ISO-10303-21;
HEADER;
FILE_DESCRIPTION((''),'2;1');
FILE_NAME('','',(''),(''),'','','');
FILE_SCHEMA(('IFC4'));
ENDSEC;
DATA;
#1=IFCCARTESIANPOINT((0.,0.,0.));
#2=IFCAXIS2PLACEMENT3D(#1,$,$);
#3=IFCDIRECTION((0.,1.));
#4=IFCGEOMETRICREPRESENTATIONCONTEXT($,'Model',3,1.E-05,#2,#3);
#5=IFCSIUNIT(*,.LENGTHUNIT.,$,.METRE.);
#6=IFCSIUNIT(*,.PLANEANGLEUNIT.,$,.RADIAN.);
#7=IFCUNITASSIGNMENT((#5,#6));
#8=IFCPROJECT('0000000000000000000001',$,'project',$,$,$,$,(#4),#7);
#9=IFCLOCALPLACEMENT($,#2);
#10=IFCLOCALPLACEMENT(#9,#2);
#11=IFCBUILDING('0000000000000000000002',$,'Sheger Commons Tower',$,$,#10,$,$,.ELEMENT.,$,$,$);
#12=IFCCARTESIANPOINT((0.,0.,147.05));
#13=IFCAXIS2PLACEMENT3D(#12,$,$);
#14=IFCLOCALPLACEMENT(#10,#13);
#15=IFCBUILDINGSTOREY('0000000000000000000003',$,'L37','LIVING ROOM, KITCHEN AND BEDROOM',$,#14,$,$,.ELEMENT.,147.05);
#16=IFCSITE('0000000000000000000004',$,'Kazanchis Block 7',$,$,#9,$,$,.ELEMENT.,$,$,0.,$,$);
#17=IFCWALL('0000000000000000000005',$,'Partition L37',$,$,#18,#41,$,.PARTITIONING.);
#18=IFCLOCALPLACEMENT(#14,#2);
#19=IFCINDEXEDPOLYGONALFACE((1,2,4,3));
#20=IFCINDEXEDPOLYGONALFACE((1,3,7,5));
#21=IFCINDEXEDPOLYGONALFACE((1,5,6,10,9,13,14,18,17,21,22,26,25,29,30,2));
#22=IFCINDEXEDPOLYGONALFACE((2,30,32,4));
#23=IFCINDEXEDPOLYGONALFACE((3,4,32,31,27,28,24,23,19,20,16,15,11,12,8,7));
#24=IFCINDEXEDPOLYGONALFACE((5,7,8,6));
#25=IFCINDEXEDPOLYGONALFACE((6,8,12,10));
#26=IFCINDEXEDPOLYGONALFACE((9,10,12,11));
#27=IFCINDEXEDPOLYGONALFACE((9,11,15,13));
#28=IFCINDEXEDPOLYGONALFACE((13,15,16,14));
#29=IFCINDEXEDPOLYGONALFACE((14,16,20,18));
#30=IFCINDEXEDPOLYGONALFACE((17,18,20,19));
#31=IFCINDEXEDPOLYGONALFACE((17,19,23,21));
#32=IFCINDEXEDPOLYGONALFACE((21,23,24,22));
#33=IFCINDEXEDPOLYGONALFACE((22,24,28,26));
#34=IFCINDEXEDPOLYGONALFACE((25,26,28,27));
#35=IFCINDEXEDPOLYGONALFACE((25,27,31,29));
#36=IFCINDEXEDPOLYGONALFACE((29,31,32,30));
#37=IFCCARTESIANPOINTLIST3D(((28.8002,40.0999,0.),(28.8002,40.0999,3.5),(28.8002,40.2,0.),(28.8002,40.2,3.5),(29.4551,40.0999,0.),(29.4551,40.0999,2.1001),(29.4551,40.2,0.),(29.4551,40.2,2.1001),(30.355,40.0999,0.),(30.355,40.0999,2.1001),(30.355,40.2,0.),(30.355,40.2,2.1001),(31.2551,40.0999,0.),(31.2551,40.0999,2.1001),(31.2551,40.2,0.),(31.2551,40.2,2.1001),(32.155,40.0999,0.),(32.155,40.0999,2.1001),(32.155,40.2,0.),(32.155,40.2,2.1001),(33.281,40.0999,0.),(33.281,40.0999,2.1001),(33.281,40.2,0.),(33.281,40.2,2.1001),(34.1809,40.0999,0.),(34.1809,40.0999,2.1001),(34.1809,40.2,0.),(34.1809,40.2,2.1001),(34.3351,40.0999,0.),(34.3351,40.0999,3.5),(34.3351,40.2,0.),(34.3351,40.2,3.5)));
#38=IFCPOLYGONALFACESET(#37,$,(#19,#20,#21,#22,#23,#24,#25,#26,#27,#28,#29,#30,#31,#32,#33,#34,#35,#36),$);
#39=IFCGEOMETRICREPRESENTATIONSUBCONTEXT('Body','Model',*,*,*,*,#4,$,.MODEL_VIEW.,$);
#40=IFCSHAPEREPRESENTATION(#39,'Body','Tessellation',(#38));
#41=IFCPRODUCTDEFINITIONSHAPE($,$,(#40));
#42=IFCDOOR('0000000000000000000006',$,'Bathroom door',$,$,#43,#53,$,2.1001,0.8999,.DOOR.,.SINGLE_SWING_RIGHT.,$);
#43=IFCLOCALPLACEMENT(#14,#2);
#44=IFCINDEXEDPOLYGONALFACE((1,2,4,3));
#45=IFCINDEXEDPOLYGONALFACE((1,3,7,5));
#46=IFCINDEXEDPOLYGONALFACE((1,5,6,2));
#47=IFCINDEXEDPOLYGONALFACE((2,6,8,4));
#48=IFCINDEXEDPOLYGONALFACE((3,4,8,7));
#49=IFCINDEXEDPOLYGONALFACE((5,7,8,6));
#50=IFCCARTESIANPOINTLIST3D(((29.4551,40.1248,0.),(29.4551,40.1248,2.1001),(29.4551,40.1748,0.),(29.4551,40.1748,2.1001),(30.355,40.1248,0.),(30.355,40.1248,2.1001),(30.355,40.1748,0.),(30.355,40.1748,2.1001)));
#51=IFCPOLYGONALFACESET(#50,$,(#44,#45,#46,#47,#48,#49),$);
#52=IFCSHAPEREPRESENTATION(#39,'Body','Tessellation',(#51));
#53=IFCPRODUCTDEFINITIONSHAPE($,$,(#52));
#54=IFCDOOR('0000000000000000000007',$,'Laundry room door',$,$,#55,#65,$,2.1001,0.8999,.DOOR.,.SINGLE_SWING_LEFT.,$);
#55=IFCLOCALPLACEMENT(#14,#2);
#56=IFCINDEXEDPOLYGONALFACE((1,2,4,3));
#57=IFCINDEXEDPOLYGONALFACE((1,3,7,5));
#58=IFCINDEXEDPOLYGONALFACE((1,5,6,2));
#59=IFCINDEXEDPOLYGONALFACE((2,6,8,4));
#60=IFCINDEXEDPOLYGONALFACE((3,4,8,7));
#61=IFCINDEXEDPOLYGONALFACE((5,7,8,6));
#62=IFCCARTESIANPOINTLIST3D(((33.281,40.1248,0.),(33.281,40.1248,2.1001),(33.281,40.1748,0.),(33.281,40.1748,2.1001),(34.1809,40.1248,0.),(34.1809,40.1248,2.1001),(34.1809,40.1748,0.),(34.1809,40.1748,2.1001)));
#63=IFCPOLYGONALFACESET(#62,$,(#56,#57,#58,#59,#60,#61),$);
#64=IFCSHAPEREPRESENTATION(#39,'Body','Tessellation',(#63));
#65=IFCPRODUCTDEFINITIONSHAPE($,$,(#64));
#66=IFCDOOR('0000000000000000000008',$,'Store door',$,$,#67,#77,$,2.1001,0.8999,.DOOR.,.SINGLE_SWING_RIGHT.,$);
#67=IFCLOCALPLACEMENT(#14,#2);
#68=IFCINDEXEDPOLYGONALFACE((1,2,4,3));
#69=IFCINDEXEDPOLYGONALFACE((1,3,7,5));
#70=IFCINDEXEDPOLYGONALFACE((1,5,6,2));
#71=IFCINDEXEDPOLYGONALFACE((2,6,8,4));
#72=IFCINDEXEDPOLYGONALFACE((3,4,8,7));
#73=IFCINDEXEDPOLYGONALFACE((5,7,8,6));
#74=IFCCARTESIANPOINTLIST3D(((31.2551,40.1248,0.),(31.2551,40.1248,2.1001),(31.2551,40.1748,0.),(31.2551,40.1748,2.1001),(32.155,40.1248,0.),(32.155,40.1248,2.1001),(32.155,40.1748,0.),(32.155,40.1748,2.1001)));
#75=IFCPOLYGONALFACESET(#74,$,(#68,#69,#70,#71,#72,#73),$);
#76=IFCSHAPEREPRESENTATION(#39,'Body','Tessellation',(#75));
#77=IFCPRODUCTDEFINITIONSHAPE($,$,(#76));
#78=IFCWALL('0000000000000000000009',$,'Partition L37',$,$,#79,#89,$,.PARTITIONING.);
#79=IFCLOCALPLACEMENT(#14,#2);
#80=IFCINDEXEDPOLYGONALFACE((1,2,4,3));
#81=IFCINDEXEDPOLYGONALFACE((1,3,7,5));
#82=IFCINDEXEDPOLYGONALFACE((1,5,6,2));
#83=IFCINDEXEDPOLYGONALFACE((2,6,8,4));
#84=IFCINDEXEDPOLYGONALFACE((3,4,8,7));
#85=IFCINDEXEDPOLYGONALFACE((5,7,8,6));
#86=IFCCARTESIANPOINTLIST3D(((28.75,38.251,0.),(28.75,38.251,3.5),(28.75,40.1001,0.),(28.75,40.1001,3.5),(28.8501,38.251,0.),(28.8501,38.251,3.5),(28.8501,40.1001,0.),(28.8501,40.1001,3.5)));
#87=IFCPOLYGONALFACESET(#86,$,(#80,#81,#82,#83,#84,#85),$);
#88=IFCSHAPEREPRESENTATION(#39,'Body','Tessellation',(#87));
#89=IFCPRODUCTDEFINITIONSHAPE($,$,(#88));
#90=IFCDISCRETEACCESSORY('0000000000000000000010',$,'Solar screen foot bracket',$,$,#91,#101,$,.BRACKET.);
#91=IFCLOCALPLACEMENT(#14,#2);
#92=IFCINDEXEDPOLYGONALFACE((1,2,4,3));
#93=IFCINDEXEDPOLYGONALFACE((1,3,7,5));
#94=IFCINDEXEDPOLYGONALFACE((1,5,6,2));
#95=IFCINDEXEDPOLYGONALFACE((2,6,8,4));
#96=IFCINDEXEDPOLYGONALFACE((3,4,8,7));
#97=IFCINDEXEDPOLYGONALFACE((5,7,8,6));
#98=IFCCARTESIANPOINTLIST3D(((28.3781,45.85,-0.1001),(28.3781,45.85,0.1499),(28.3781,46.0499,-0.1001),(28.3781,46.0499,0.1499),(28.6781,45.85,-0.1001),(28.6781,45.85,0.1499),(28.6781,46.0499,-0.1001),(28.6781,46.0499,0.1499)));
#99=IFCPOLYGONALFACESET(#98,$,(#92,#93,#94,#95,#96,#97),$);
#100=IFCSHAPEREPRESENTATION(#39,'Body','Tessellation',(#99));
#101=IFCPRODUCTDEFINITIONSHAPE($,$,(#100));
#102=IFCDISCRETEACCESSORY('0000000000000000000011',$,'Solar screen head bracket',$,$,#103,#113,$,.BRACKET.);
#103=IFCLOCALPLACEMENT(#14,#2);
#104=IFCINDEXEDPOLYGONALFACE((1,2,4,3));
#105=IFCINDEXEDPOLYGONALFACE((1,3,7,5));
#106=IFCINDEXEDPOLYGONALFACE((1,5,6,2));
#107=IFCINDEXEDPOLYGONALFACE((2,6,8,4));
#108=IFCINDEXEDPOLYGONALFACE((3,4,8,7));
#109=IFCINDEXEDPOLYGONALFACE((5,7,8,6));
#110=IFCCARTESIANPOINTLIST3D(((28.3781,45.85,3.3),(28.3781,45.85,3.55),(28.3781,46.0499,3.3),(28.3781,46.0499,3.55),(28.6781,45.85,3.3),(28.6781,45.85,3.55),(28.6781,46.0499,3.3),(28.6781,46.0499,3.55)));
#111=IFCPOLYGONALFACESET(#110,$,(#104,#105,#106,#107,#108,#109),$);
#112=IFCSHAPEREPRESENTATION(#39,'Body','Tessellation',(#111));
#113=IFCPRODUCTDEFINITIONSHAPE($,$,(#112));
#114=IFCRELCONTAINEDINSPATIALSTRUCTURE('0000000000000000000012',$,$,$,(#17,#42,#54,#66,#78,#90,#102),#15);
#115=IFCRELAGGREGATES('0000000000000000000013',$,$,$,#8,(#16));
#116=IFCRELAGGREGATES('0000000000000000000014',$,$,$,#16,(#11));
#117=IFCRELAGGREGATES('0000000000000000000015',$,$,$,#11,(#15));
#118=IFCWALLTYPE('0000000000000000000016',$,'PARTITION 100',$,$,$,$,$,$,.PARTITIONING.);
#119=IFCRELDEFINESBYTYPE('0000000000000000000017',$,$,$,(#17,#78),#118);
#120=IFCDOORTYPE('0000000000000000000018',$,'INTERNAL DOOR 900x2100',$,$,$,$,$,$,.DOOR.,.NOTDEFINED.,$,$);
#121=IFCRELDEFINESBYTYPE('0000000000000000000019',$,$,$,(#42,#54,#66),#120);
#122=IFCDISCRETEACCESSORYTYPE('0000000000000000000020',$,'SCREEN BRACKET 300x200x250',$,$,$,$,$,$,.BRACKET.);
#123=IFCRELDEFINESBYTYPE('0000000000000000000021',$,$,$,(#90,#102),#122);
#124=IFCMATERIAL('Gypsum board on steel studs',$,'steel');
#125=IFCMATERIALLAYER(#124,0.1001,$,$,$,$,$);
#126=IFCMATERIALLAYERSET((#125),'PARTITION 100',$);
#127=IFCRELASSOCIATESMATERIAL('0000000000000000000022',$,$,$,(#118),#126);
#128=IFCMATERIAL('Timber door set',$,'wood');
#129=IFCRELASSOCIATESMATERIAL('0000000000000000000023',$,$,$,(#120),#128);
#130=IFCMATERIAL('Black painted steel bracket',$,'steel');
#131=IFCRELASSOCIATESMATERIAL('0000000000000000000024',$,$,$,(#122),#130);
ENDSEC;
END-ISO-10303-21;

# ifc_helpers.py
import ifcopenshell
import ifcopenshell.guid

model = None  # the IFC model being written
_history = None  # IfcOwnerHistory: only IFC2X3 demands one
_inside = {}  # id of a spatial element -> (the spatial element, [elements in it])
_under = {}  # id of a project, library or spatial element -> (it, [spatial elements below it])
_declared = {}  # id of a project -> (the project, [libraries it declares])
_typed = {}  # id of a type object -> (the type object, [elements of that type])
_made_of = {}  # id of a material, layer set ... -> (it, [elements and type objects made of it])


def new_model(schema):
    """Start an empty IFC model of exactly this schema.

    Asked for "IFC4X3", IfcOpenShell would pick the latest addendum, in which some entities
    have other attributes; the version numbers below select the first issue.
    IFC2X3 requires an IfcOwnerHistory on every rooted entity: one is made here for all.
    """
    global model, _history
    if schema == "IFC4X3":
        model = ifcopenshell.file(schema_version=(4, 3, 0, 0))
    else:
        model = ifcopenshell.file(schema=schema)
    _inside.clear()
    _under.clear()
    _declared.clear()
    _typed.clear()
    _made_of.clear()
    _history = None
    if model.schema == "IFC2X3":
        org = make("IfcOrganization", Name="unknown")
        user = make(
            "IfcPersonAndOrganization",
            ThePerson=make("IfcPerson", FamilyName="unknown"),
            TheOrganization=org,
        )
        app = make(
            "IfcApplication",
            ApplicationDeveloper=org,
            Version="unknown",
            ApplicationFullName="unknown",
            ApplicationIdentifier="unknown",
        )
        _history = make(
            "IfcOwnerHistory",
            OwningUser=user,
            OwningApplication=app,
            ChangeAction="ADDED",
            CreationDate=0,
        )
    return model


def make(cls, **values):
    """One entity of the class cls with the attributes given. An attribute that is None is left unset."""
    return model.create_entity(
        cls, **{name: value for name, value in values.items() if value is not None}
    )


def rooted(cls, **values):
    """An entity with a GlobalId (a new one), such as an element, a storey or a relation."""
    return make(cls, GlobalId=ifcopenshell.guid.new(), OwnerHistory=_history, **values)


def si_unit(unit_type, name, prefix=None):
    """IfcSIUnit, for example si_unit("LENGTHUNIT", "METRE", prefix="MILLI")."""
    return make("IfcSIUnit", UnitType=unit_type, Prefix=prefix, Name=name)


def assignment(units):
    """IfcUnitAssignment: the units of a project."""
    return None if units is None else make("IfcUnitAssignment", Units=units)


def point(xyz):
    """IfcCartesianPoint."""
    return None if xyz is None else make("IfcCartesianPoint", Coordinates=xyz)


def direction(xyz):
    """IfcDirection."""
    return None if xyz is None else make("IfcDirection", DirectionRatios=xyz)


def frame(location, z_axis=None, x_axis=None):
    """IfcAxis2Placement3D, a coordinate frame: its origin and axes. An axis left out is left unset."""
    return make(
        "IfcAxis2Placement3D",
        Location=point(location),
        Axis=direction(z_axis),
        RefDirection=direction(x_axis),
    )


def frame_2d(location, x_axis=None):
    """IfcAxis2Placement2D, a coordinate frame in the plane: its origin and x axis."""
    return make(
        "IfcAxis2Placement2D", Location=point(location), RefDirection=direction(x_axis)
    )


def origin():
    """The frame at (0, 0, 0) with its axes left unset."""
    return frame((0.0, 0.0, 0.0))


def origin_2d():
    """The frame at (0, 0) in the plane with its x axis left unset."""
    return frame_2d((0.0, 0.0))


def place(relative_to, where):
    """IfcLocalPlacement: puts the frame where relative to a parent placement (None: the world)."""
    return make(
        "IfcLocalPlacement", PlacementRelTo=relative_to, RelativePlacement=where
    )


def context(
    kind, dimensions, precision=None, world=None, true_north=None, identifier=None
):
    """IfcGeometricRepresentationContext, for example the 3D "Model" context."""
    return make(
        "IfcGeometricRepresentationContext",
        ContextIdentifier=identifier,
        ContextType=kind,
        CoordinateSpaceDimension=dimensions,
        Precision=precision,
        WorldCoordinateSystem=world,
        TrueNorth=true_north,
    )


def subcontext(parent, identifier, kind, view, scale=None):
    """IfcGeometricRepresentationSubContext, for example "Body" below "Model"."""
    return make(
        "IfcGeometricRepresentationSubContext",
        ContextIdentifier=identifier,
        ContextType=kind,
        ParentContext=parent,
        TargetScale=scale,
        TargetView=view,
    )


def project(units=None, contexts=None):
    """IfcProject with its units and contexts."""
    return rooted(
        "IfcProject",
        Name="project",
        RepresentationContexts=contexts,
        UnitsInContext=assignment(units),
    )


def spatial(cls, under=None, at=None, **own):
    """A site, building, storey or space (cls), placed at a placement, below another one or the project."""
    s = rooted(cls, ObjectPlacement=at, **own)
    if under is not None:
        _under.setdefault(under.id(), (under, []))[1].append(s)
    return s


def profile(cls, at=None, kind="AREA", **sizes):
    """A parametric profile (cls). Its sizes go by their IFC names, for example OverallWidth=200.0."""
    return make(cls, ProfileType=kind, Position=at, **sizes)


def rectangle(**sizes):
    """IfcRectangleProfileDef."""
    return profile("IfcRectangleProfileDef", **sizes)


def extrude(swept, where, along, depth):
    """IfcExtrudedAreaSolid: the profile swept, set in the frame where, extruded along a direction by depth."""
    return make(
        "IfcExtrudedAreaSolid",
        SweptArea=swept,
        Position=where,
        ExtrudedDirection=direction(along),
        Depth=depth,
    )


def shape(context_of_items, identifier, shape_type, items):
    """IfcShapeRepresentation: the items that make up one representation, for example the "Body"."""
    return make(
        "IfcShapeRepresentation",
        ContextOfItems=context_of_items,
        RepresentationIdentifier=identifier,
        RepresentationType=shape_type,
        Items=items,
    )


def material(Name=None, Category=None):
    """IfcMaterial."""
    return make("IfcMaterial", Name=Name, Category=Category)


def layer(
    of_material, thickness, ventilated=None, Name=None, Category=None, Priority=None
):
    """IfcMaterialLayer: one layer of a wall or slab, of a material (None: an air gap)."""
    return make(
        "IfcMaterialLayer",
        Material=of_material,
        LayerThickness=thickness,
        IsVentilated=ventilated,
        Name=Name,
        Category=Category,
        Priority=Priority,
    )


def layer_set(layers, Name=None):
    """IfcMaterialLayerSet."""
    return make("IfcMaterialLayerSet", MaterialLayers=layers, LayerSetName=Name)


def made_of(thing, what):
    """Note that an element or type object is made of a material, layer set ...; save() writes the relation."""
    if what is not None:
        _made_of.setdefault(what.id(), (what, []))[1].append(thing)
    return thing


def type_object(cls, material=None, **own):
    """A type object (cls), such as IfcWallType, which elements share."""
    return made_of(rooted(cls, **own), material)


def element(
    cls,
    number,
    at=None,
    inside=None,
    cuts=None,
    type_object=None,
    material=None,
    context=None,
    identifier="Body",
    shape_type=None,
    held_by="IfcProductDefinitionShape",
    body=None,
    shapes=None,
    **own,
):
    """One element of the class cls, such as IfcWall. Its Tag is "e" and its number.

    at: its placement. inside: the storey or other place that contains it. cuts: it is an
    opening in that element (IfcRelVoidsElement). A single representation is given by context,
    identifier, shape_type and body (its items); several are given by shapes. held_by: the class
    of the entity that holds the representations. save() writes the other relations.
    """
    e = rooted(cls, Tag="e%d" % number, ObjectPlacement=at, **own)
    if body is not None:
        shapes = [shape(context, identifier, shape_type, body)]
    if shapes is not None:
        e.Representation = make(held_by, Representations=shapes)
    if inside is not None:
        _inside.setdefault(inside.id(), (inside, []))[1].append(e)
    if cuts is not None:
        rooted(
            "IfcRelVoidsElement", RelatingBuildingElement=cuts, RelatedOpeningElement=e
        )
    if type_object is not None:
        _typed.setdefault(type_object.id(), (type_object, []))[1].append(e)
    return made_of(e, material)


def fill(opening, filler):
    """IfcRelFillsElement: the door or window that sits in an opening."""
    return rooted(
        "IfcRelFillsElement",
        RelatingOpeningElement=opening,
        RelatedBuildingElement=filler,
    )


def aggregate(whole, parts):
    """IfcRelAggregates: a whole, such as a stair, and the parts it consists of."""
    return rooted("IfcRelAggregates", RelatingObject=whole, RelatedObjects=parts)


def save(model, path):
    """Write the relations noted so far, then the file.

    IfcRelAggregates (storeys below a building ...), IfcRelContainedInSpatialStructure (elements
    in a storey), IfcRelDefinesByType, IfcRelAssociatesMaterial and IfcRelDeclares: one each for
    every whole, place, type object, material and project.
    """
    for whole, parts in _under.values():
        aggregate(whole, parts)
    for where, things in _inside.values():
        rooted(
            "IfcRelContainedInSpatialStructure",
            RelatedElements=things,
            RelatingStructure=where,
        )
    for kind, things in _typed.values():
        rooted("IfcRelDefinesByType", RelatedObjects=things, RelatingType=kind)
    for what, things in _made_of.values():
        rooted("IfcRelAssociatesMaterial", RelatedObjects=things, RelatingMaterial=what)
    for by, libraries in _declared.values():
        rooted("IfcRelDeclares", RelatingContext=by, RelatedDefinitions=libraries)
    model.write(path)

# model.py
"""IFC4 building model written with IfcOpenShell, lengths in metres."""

from ifc_helpers import new_model, si_unit, direction, frame, frame_2d, origin, origin_2d, place, context, subcontext, project, spatial, rectangle, extrude, material, layer, layer_set, type_object, element, fill, save


model = new_model("IFC4")

# Units and contexts
model_context = context("Model", 3, precision=1e-05, world=origin(), true_north=direction((0.0, 1.0)))
body_context = subcontext(model_context, "Body", "Model", "MODEL_VIEW")
ifc_project = project(units=[si_unit("LENGTHUNIT", "METRE"), si_unit("PLANEANGLEUNIT", "RADIAN")], contexts=[model_context])

# Site, building, storey
site_placement = place(None, origin())
site = spatial("IfcSite", under=ifc_project, at=site_placement, Name="Kazanchis Block 7", CompositionType="ELEMENT", RefElevation=0.0)
building_placement = place(site_placement, origin())
building = spatial("IfcBuilding", under=site, at=building_placement, Name="Sheger Commons Tower", CompositionType="ELEMENT")
storey_placement = place(building_placement, frame((0.0, 0.0, 147.05)))
storey = spatial("IfcBuildingStorey", under=building, at=storey_placement, Name="L37", Description="LIVING ROOM, KITCHEN AND BEDROOM", CompositionType="ELEMENT", Elevation=147.05)

# Shared definitions
ifc_material_1 = material(Name="Gypsum board on steel studs", Category="steel")
ifc_layer_1 = layer(ifc_material_1, 0.1001)
ifc_layer_set_1 = layer_set([ifc_layer_1], Name="PARTITION 100")
wall_type_1 = type_object("IfcWallType", Name="PARTITION 100", PredefinedType="PARTITIONING", material=ifc_layer_set_1)

# Wall, openings, doors
wall_1_placement = place(storey_placement, frame((28.8, 40.1499, 0.0), z_axis=(0.0, 0.0, 1.0), x_axis=(1.0, 0.0, 0.0)))
wall_1 = element("IfcWall", 1, at=wall_1_placement, inside=storey, type_object=wall_type_1, Name="Partition L37", PredefinedType="PARTITIONING", context=body_context, shape_type="SweptSolid", body=[
    extrude(rectangle(XDim=5.5349, YDim=0.1001, at=frame_2d((2.7676, 0.0))), origin(), (0.0, 0.0, 1.0), 3.5),
])
opening_1_placement = place(wall_1_placement, frame((0.655, 0.0, 0.0)))
opening_1 = element("IfcOpeningElement", 2, at=opening_1_placement, cuts=wall_1, PredefinedType="OPENING", context=body_context, shape_type="SweptSolid", body=[
    extrude(rectangle(XDim=0.8999, YDim=2.1001, at=frame_2d((0.45, 1.05))), frame((0.0, 0.0601, 0.0), z_axis=(0.0, -1.0, 0.0), x_axis=(1.0, 0.0, 0.0)), (0.0, 0.0, 1.0), 0.1201),
])
opening_2_placement = place(wall_1_placement, frame((4.481, 0.0, 0.0)))
opening_2 = element("IfcOpeningElement", 3, at=opening_2_placement, cuts=wall_1, PredefinedType="OPENING", context=body_context, shape_type="SweptSolid", body=[
    extrude(rectangle(XDim=0.8999, YDim=2.1001, at=frame_2d((0.45, 1.05))), frame((0.0, 0.0601, 0.0), z_axis=(0.0, -1.0, 0.0), x_axis=(1.0, 0.0, 0.0)), (0.0, 0.0, 1.0), 0.1201),
])
opening_3_placement = place(wall_1_placement, frame((2.4551, 0.0, 0.0)))
opening_3 = element("IfcOpeningElement", 4, at=opening_3_placement, cuts=wall_1, PredefinedType="OPENING", context=body_context, shape_type="SweptSolid", body=[
    extrude(rectangle(XDim=0.8999, YDim=2.1001, at=frame_2d((0.45, 1.05))), frame((0.0, 0.0601, 0.0), z_axis=(0.0, -1.0, 0.0), x_axis=(1.0, 0.0, 0.0)), (0.0, 0.0, 1.0), 0.1201),
])
ifc_material_2 = material(Name="Timber door set", Category="wood")
door_type = type_object("IfcDoorType", Name="INTERNAL DOOR 900x2100", OperationType="NOTDEFINED", PredefinedType="DOOR", material=ifc_material_2)
door_1_placement = place(opening_1_placement, origin())
door_1 = element("IfcDoor", 5, at=door_1_placement, inside=storey, type_object=door_type, Name="Bathroom door", OperationType="SINGLE_SWING_RIGHT", OverallHeight=2.1001, OverallWidth=0.8999, PredefinedType="DOOR", context=body_context, shape_type="SweptSolid", body=[
    extrude(rectangle(XDim=0.8999, YDim=2.1001, at=frame_2d((0.45, 1.05))), frame((0.0, 0.0249, 0.0), z_axis=(0.0, -1.0, 0.0), x_axis=(1.0, 0.0, 0.0)), (0.0, 0.0, 1.0), 0.05),
])
fill(opening_1, door_1)
door_2_placement = place(opening_2_placement, origin())
door_2 = element("IfcDoor", 6, at=door_2_placement, inside=storey, type_object=door_type, Name="Laundry room door", OperationType="SINGLE_SWING_LEFT", OverallHeight=2.1001, OverallWidth=0.8999, PredefinedType="DOOR", context=body_context, shape_type="SweptSolid", body=[
    extrude(rectangle(XDim=0.8999, YDim=2.1001, at=frame_2d((0.45, 1.05))), frame((0.0, 0.0249, 0.0), z_axis=(0.0, -1.0, 0.0), x_axis=(1.0, 0.0, 0.0)), (0.0, 0.0, 1.0), 0.05),
])
fill(opening_2, door_2)
door_3_placement = place(opening_3_placement, origin())
door_3 = element("IfcDoor", 7, at=door_3_placement, inside=storey, type_object=door_type, Name="Store door", OperationType="SINGLE_SWING_RIGHT", OverallHeight=2.1001, OverallWidth=0.8999, PredefinedType="DOOR", context=body_context, shape_type="SweptSolid", body=[
    extrude(rectangle(XDim=0.8999, YDim=2.1001, at=frame_2d((0.45, 1.05))), frame((0.0, 0.0249, 0.0), z_axis=(0.0, -1.0, 0.0), x_axis=(1.0, 0.0, 0.0)), (0.0, 0.0, 1.0), 0.05),
])
fill(opening_3, door_3)

# Wall
wall_2_placement = place(storey_placement, frame((28.8, 38.251, 0.0), z_axis=(0.0, 0.0, 1.0), x_axis=(0.0, 1.0, 0.0)))
element("IfcWall", 8, at=wall_2_placement, inside=storey, type_object=wall_type_1, Name="Partition L37", PredefinedType="PARTITIONING", context=body_context, shape_type="SweptSolid", body=[
    extrude(rectangle(XDim=1.8491, YDim=0.1001, at=frame_2d((0.9246, 0.0))), origin(), (0.0, 0.0, 1.0), 3.5),
])

# Discrete accessories
ifc_material_3 = material(Name="Black painted steel bracket", Category="steel")
discrete_accessory_type = type_object("IfcDiscreteAccessoryType", Name="SCREEN BRACKET 300x200x250", PredefinedType="BRACKET", material=ifc_material_3)
for number, where, z_axis, x_axis, name in (
    (9, (28.5281, 45.95, -0.1001), (0.0, 0.0, 1.0), (-1.0, 0.0, 0.0), "Solar screen foot bracket"),
    (10, (28.5281, 45.95, 3.3), (0.0, 0.0, 1.0), (-1.0, 0.0, 0.0), "Solar screen head bracket"),
):
    element("IfcDiscreteAccessory", number, at=place(storey_placement, frame(where, z_axis=z_axis, x_axis=x_axis)), inside=storey, type_object=discrete_accessory_type, Name=name, PredefinedType="BRACKET", context=body_context, shape_type="SweptSolid", body=[
        extrude(rectangle(XDim=0.3, YDim=0.2, at=origin_2d()), origin(), (0.0, 0.0, 1.0), 0.25),
    ])

save(model, "model.ifc")
